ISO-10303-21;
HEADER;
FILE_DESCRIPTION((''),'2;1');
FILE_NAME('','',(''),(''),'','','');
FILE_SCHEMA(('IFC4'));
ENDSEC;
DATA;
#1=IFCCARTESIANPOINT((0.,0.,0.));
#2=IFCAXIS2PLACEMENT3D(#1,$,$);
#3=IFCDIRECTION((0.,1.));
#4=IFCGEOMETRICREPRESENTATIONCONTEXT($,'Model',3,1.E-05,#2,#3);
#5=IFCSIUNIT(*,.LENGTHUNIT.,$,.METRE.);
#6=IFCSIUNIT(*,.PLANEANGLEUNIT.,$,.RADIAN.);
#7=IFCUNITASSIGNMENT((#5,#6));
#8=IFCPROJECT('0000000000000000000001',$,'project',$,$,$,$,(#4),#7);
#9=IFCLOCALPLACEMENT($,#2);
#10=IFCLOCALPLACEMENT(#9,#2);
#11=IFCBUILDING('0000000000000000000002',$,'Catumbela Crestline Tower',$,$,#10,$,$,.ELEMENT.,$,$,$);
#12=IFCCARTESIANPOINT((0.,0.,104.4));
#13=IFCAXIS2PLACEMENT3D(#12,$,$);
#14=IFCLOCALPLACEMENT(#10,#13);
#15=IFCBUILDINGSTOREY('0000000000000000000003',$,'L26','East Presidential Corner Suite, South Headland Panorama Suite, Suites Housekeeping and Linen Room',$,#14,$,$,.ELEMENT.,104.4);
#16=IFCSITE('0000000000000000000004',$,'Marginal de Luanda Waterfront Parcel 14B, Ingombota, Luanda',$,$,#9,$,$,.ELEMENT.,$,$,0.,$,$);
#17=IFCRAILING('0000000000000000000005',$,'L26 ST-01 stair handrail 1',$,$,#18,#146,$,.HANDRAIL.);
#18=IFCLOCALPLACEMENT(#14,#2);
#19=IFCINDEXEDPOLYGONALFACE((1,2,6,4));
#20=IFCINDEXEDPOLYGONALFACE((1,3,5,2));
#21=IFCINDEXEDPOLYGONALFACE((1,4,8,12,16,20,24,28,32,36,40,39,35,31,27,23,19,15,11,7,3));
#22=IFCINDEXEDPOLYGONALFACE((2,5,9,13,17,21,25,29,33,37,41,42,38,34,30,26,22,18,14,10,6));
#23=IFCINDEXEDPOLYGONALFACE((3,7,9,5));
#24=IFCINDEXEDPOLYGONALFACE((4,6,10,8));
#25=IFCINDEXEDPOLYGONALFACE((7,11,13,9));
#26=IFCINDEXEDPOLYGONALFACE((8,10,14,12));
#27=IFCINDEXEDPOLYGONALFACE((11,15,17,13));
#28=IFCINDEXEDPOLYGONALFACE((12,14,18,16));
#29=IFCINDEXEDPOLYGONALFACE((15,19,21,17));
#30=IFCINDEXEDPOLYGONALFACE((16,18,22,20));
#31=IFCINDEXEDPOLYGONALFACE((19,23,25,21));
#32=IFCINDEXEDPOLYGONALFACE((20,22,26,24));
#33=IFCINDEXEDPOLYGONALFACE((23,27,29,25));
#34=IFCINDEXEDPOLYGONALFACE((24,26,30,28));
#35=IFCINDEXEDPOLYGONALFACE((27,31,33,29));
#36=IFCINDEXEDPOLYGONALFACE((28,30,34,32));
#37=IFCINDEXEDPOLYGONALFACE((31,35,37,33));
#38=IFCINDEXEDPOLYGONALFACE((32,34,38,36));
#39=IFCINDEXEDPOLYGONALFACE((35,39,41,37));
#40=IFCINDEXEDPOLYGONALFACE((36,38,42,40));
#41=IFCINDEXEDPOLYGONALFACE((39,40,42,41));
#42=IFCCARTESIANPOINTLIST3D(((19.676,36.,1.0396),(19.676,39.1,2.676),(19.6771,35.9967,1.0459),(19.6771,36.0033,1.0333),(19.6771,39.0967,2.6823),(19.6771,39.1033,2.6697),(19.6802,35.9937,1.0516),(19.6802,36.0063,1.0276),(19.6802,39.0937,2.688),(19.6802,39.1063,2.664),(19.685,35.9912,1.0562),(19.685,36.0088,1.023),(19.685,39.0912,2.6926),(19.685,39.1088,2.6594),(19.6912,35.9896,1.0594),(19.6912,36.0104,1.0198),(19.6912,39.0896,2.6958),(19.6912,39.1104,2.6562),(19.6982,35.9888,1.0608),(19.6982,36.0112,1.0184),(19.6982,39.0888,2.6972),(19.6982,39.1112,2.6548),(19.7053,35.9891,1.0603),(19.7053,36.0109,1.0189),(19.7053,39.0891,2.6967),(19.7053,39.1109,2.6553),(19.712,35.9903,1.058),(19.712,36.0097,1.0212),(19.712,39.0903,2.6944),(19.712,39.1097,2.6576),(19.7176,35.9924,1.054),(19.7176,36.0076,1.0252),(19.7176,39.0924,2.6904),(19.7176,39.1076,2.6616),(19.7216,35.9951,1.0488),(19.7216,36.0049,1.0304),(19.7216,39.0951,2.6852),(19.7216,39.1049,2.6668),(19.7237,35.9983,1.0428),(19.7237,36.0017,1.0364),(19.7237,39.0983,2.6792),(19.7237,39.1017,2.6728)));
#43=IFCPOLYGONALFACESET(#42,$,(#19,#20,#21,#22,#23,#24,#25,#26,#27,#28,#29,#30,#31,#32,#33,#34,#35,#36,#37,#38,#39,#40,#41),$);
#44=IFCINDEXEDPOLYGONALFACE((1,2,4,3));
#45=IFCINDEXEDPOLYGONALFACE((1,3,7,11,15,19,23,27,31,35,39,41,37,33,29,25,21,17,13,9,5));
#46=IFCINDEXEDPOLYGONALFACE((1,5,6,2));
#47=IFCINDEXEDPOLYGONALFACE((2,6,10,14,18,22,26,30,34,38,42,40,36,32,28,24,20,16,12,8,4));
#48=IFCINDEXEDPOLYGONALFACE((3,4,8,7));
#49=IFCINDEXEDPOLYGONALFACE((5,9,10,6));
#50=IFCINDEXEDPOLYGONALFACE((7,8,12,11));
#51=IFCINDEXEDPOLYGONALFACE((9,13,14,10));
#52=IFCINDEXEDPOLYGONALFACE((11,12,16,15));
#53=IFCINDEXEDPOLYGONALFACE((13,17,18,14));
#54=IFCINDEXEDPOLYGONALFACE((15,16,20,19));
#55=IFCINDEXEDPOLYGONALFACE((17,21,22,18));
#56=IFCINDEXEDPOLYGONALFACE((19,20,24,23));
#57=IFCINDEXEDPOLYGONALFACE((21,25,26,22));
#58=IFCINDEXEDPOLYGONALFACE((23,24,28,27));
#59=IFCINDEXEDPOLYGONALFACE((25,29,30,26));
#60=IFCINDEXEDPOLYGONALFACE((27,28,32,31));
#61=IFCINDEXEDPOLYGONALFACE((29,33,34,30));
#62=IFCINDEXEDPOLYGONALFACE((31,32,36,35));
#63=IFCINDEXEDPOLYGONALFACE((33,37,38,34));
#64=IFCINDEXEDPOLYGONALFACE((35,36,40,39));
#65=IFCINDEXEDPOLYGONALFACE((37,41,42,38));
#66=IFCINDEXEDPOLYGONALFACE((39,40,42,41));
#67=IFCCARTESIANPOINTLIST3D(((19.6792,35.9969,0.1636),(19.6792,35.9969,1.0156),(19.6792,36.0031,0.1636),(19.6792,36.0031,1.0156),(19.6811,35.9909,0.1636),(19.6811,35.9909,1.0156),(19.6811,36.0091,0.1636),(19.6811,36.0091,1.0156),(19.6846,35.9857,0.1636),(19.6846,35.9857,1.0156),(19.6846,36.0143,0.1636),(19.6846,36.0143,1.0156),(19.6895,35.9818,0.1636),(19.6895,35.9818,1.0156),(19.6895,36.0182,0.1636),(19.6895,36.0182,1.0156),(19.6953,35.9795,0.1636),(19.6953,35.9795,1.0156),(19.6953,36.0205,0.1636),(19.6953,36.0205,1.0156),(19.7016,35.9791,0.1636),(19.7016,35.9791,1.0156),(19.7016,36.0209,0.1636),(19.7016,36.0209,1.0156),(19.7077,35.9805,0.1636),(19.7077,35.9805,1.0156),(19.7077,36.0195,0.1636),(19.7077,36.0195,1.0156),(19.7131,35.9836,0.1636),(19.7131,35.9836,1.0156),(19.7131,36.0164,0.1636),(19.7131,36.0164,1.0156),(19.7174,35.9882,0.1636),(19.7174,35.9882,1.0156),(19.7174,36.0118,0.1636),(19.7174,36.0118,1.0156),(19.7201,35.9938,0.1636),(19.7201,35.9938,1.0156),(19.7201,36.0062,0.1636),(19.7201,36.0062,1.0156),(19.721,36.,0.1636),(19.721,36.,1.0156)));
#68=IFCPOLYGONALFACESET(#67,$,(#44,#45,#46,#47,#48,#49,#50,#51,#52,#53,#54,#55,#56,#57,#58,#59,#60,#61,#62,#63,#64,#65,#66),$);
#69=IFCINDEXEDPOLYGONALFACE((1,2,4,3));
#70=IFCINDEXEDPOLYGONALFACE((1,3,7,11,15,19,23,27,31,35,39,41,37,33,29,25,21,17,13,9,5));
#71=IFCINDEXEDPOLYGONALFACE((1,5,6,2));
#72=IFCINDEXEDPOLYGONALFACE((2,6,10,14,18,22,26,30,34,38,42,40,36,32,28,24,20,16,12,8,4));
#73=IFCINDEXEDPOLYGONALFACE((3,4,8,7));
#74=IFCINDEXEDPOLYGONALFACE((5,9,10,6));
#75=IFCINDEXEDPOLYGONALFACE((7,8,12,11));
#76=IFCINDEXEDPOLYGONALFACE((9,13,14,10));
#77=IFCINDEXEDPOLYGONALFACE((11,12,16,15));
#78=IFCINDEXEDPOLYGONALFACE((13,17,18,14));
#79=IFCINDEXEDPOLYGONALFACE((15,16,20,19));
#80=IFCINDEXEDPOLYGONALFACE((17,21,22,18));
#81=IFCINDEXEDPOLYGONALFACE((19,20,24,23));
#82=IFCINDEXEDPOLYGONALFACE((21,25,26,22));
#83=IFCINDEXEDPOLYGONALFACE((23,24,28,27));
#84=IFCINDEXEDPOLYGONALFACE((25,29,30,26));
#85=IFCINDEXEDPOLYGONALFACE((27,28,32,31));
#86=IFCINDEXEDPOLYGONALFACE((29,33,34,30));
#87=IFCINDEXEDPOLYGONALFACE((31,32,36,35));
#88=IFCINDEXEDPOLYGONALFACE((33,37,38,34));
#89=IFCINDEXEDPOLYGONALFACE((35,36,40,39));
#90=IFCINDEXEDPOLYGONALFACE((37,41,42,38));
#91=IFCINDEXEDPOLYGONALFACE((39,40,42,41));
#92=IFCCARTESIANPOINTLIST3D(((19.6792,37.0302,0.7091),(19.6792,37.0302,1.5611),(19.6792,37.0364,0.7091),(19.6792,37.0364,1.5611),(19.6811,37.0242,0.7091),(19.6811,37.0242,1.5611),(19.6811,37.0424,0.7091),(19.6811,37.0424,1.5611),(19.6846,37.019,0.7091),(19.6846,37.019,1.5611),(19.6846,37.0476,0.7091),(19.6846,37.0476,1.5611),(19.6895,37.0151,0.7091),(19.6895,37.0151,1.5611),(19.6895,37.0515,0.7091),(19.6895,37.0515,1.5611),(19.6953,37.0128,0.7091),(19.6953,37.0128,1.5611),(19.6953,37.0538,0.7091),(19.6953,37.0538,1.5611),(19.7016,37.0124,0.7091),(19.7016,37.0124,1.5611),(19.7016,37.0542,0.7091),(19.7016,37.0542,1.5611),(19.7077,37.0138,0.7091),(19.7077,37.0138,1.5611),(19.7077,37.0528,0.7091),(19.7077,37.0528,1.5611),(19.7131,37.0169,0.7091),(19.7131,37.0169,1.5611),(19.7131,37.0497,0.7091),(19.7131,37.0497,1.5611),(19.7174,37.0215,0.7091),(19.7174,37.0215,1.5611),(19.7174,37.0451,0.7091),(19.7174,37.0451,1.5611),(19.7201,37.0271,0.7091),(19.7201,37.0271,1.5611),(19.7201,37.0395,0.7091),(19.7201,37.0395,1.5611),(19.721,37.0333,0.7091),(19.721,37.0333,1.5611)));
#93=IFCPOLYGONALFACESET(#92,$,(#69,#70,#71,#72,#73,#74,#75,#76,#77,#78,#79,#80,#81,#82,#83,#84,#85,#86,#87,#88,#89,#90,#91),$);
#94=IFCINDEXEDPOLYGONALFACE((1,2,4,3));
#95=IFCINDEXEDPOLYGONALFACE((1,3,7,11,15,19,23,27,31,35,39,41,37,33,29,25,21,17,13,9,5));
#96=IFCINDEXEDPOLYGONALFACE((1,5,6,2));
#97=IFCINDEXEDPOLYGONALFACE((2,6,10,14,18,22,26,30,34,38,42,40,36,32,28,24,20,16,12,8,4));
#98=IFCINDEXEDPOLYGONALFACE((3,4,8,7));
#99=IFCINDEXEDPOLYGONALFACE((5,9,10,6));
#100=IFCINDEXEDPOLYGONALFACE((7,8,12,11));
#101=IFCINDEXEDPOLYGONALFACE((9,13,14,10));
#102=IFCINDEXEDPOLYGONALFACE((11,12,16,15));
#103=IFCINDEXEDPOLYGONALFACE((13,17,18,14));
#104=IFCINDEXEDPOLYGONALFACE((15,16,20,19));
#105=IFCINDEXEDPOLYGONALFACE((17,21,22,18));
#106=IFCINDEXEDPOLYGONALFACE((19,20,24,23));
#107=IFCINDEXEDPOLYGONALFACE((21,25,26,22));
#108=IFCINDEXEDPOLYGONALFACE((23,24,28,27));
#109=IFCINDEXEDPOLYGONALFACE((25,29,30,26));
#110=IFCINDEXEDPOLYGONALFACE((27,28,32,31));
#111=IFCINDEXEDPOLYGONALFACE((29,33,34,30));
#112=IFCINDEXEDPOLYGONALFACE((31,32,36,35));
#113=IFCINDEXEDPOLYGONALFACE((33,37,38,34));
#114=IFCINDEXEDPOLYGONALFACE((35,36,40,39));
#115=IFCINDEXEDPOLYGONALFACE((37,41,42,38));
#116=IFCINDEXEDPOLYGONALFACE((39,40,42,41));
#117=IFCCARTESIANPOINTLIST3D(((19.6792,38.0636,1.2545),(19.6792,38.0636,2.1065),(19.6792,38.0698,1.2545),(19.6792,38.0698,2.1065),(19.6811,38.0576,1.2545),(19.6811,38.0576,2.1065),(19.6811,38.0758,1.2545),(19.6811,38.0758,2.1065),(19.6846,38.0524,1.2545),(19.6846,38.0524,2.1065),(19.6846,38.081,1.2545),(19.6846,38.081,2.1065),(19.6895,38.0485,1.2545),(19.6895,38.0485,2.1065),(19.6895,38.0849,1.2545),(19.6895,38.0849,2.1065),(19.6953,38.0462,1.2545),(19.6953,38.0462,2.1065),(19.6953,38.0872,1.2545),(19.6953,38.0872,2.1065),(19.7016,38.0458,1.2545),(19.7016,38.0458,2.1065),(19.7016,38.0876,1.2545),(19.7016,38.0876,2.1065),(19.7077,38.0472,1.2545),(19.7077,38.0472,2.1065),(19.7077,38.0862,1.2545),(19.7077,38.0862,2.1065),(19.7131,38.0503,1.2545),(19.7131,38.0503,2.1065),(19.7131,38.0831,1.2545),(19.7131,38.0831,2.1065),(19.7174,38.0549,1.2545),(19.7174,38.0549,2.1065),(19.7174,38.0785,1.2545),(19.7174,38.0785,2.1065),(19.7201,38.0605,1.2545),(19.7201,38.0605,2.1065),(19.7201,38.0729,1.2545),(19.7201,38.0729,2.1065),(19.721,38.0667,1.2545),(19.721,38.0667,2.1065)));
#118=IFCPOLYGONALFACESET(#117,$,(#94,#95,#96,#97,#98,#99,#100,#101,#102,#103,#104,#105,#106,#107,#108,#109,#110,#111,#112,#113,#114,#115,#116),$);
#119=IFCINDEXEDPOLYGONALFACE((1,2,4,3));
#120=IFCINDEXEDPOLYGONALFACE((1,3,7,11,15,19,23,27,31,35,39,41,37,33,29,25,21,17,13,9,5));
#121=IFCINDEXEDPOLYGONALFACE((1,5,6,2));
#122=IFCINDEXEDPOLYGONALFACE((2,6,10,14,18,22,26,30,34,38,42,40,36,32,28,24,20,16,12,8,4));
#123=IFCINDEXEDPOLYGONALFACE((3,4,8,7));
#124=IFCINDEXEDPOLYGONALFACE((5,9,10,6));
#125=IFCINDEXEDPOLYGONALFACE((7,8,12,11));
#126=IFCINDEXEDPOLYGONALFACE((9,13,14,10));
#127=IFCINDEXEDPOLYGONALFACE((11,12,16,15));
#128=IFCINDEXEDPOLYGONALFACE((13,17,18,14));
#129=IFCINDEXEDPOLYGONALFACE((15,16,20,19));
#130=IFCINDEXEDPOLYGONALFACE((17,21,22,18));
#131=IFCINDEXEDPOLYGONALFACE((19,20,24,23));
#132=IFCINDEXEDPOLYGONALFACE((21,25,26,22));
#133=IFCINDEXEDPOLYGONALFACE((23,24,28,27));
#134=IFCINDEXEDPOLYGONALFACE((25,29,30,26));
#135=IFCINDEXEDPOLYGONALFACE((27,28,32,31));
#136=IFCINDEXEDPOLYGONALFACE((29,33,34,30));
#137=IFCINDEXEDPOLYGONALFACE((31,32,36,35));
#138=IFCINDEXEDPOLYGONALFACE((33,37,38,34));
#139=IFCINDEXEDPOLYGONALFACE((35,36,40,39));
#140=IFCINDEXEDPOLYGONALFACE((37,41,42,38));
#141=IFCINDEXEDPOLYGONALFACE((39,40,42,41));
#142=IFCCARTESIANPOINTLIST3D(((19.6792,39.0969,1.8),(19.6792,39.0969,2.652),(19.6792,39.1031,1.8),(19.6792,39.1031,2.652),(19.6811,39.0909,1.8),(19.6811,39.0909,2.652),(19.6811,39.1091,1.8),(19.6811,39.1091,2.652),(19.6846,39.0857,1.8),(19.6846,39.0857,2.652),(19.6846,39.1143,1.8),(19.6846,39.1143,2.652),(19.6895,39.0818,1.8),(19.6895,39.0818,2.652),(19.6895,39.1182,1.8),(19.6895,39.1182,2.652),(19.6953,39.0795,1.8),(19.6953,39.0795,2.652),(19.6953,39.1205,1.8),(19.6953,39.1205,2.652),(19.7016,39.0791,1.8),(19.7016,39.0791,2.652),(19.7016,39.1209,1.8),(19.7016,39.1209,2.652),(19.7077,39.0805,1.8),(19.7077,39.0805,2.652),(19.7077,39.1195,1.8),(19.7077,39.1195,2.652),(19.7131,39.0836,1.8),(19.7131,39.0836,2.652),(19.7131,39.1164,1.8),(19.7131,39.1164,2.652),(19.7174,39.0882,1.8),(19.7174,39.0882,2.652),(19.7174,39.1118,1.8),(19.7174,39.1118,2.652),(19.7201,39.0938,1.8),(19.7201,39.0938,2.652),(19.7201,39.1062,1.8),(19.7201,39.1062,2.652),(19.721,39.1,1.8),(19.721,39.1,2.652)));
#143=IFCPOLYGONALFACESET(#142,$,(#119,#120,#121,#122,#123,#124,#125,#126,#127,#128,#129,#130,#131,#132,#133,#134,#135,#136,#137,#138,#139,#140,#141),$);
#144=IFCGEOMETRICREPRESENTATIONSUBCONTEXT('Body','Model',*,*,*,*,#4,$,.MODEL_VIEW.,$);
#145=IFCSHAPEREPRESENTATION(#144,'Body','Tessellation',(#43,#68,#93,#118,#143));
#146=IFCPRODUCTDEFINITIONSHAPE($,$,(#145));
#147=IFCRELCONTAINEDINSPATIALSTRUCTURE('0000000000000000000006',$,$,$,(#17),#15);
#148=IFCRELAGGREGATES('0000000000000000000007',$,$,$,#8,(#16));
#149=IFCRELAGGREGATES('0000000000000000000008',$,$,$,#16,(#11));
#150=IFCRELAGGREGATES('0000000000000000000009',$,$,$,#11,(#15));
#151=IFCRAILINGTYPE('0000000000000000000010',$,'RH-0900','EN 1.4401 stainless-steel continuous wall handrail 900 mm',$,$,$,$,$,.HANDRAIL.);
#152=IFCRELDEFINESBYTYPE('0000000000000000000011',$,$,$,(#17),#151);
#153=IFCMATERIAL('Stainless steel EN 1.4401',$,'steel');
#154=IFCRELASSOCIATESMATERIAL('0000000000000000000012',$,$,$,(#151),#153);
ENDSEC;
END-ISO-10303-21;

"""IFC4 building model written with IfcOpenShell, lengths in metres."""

from ifc_helpers import new_model, si_unit, direction, frame, origin, origin_2d, place, context, subcontext, project, spatial, circle, extrude, material, type_object, element, save


model = new_model("IFC4")

# Units and contexts
model_context = context("Model", 3, precision=1e-05, world=origin(), true_north=direction((0.0, 1.0)))
body_context = subcontext(model_context, "Body", "Model", "MODEL_VIEW")
ifc_project = project(units=[si_unit("LENGTHUNIT", "METRE"), si_unit("PLANEANGLEUNIT", "RADIAN")], contexts=[model_context])

# Site, building, storey
site_placement = place(None, origin())
site = spatial("IfcSite", under=ifc_project, at=site_placement, Name="Marginal de Luanda Waterfront Parcel 14B, Ingombota, Luanda", CompositionType="ELEMENT", RefElevation=0.0)
building_placement = place(site_placement, origin())
building = spatial("IfcBuilding", under=site, at=building_placement, Name="Catumbela Crestline Tower", CompositionType="ELEMENT")
storey_placement = place(building_placement, frame((0.0, 0.0, 104.4)))
storey = spatial("IfcBuildingStorey", under=building, at=storey_placement, Name="L26", Description="East Presidential Corner Suite, South Headland Panorama Suite, Suites Housekeeping and Linen Room", CompositionType="ELEMENT", Elevation=104.4)

# Shared definitions
ifc_material_1 = material(Name="Stainless steel EN 1.4401", Category="steel")

# Railing
railing_type = type_object("IfcRailingType", Name="RH-0900", Description="EN 1.4401 stainless-steel continuous wall handrail 900 mm", PredefinedType="HANDRAIL", material=ifc_material_1)
railing_placement = place(storey_placement, frame((19.7, 36.0, 0.1636)))
element("IfcRailing", 1, at=railing_placement, inside=storey, type_object=railing_type, Name="L26 ST-01 stair handrail 1", PredefinedType="HANDRAIL", context=body_context, shape_type="SweptSolid", body=[
    extrude(circle(Radius=0.024, at=origin_2d()), frame((0.0, 0.0, 0.876), z_axis=(0.0, 0.884351, 0.466823), x_axis=(-1.0, 0.0, 0.0)), (0.0, 0.0, 1.0), 3.5054),
    extrude(circle(Radius=0.021, at=origin_2d()), origin(), (0.0, 0.0, 1.0), 0.852),
    extrude(circle(Radius=0.021, at=origin_2d()), frame((0.0, 1.0333, 0.5455)), (0.0, 0.0, 1.0), 0.852),
    extrude(circle(Radius=0.021, at=origin_2d()), frame((0.0, 2.0667, 1.0909)), (0.0, 0.0, 1.0), 0.852),
    extrude(circle(Radius=0.021, at=origin_2d()), frame((0.0, 3.1, 1.6364)), (0.0, 0.0, 1.0), 0.852),
])

save(model, "model.ifc")
